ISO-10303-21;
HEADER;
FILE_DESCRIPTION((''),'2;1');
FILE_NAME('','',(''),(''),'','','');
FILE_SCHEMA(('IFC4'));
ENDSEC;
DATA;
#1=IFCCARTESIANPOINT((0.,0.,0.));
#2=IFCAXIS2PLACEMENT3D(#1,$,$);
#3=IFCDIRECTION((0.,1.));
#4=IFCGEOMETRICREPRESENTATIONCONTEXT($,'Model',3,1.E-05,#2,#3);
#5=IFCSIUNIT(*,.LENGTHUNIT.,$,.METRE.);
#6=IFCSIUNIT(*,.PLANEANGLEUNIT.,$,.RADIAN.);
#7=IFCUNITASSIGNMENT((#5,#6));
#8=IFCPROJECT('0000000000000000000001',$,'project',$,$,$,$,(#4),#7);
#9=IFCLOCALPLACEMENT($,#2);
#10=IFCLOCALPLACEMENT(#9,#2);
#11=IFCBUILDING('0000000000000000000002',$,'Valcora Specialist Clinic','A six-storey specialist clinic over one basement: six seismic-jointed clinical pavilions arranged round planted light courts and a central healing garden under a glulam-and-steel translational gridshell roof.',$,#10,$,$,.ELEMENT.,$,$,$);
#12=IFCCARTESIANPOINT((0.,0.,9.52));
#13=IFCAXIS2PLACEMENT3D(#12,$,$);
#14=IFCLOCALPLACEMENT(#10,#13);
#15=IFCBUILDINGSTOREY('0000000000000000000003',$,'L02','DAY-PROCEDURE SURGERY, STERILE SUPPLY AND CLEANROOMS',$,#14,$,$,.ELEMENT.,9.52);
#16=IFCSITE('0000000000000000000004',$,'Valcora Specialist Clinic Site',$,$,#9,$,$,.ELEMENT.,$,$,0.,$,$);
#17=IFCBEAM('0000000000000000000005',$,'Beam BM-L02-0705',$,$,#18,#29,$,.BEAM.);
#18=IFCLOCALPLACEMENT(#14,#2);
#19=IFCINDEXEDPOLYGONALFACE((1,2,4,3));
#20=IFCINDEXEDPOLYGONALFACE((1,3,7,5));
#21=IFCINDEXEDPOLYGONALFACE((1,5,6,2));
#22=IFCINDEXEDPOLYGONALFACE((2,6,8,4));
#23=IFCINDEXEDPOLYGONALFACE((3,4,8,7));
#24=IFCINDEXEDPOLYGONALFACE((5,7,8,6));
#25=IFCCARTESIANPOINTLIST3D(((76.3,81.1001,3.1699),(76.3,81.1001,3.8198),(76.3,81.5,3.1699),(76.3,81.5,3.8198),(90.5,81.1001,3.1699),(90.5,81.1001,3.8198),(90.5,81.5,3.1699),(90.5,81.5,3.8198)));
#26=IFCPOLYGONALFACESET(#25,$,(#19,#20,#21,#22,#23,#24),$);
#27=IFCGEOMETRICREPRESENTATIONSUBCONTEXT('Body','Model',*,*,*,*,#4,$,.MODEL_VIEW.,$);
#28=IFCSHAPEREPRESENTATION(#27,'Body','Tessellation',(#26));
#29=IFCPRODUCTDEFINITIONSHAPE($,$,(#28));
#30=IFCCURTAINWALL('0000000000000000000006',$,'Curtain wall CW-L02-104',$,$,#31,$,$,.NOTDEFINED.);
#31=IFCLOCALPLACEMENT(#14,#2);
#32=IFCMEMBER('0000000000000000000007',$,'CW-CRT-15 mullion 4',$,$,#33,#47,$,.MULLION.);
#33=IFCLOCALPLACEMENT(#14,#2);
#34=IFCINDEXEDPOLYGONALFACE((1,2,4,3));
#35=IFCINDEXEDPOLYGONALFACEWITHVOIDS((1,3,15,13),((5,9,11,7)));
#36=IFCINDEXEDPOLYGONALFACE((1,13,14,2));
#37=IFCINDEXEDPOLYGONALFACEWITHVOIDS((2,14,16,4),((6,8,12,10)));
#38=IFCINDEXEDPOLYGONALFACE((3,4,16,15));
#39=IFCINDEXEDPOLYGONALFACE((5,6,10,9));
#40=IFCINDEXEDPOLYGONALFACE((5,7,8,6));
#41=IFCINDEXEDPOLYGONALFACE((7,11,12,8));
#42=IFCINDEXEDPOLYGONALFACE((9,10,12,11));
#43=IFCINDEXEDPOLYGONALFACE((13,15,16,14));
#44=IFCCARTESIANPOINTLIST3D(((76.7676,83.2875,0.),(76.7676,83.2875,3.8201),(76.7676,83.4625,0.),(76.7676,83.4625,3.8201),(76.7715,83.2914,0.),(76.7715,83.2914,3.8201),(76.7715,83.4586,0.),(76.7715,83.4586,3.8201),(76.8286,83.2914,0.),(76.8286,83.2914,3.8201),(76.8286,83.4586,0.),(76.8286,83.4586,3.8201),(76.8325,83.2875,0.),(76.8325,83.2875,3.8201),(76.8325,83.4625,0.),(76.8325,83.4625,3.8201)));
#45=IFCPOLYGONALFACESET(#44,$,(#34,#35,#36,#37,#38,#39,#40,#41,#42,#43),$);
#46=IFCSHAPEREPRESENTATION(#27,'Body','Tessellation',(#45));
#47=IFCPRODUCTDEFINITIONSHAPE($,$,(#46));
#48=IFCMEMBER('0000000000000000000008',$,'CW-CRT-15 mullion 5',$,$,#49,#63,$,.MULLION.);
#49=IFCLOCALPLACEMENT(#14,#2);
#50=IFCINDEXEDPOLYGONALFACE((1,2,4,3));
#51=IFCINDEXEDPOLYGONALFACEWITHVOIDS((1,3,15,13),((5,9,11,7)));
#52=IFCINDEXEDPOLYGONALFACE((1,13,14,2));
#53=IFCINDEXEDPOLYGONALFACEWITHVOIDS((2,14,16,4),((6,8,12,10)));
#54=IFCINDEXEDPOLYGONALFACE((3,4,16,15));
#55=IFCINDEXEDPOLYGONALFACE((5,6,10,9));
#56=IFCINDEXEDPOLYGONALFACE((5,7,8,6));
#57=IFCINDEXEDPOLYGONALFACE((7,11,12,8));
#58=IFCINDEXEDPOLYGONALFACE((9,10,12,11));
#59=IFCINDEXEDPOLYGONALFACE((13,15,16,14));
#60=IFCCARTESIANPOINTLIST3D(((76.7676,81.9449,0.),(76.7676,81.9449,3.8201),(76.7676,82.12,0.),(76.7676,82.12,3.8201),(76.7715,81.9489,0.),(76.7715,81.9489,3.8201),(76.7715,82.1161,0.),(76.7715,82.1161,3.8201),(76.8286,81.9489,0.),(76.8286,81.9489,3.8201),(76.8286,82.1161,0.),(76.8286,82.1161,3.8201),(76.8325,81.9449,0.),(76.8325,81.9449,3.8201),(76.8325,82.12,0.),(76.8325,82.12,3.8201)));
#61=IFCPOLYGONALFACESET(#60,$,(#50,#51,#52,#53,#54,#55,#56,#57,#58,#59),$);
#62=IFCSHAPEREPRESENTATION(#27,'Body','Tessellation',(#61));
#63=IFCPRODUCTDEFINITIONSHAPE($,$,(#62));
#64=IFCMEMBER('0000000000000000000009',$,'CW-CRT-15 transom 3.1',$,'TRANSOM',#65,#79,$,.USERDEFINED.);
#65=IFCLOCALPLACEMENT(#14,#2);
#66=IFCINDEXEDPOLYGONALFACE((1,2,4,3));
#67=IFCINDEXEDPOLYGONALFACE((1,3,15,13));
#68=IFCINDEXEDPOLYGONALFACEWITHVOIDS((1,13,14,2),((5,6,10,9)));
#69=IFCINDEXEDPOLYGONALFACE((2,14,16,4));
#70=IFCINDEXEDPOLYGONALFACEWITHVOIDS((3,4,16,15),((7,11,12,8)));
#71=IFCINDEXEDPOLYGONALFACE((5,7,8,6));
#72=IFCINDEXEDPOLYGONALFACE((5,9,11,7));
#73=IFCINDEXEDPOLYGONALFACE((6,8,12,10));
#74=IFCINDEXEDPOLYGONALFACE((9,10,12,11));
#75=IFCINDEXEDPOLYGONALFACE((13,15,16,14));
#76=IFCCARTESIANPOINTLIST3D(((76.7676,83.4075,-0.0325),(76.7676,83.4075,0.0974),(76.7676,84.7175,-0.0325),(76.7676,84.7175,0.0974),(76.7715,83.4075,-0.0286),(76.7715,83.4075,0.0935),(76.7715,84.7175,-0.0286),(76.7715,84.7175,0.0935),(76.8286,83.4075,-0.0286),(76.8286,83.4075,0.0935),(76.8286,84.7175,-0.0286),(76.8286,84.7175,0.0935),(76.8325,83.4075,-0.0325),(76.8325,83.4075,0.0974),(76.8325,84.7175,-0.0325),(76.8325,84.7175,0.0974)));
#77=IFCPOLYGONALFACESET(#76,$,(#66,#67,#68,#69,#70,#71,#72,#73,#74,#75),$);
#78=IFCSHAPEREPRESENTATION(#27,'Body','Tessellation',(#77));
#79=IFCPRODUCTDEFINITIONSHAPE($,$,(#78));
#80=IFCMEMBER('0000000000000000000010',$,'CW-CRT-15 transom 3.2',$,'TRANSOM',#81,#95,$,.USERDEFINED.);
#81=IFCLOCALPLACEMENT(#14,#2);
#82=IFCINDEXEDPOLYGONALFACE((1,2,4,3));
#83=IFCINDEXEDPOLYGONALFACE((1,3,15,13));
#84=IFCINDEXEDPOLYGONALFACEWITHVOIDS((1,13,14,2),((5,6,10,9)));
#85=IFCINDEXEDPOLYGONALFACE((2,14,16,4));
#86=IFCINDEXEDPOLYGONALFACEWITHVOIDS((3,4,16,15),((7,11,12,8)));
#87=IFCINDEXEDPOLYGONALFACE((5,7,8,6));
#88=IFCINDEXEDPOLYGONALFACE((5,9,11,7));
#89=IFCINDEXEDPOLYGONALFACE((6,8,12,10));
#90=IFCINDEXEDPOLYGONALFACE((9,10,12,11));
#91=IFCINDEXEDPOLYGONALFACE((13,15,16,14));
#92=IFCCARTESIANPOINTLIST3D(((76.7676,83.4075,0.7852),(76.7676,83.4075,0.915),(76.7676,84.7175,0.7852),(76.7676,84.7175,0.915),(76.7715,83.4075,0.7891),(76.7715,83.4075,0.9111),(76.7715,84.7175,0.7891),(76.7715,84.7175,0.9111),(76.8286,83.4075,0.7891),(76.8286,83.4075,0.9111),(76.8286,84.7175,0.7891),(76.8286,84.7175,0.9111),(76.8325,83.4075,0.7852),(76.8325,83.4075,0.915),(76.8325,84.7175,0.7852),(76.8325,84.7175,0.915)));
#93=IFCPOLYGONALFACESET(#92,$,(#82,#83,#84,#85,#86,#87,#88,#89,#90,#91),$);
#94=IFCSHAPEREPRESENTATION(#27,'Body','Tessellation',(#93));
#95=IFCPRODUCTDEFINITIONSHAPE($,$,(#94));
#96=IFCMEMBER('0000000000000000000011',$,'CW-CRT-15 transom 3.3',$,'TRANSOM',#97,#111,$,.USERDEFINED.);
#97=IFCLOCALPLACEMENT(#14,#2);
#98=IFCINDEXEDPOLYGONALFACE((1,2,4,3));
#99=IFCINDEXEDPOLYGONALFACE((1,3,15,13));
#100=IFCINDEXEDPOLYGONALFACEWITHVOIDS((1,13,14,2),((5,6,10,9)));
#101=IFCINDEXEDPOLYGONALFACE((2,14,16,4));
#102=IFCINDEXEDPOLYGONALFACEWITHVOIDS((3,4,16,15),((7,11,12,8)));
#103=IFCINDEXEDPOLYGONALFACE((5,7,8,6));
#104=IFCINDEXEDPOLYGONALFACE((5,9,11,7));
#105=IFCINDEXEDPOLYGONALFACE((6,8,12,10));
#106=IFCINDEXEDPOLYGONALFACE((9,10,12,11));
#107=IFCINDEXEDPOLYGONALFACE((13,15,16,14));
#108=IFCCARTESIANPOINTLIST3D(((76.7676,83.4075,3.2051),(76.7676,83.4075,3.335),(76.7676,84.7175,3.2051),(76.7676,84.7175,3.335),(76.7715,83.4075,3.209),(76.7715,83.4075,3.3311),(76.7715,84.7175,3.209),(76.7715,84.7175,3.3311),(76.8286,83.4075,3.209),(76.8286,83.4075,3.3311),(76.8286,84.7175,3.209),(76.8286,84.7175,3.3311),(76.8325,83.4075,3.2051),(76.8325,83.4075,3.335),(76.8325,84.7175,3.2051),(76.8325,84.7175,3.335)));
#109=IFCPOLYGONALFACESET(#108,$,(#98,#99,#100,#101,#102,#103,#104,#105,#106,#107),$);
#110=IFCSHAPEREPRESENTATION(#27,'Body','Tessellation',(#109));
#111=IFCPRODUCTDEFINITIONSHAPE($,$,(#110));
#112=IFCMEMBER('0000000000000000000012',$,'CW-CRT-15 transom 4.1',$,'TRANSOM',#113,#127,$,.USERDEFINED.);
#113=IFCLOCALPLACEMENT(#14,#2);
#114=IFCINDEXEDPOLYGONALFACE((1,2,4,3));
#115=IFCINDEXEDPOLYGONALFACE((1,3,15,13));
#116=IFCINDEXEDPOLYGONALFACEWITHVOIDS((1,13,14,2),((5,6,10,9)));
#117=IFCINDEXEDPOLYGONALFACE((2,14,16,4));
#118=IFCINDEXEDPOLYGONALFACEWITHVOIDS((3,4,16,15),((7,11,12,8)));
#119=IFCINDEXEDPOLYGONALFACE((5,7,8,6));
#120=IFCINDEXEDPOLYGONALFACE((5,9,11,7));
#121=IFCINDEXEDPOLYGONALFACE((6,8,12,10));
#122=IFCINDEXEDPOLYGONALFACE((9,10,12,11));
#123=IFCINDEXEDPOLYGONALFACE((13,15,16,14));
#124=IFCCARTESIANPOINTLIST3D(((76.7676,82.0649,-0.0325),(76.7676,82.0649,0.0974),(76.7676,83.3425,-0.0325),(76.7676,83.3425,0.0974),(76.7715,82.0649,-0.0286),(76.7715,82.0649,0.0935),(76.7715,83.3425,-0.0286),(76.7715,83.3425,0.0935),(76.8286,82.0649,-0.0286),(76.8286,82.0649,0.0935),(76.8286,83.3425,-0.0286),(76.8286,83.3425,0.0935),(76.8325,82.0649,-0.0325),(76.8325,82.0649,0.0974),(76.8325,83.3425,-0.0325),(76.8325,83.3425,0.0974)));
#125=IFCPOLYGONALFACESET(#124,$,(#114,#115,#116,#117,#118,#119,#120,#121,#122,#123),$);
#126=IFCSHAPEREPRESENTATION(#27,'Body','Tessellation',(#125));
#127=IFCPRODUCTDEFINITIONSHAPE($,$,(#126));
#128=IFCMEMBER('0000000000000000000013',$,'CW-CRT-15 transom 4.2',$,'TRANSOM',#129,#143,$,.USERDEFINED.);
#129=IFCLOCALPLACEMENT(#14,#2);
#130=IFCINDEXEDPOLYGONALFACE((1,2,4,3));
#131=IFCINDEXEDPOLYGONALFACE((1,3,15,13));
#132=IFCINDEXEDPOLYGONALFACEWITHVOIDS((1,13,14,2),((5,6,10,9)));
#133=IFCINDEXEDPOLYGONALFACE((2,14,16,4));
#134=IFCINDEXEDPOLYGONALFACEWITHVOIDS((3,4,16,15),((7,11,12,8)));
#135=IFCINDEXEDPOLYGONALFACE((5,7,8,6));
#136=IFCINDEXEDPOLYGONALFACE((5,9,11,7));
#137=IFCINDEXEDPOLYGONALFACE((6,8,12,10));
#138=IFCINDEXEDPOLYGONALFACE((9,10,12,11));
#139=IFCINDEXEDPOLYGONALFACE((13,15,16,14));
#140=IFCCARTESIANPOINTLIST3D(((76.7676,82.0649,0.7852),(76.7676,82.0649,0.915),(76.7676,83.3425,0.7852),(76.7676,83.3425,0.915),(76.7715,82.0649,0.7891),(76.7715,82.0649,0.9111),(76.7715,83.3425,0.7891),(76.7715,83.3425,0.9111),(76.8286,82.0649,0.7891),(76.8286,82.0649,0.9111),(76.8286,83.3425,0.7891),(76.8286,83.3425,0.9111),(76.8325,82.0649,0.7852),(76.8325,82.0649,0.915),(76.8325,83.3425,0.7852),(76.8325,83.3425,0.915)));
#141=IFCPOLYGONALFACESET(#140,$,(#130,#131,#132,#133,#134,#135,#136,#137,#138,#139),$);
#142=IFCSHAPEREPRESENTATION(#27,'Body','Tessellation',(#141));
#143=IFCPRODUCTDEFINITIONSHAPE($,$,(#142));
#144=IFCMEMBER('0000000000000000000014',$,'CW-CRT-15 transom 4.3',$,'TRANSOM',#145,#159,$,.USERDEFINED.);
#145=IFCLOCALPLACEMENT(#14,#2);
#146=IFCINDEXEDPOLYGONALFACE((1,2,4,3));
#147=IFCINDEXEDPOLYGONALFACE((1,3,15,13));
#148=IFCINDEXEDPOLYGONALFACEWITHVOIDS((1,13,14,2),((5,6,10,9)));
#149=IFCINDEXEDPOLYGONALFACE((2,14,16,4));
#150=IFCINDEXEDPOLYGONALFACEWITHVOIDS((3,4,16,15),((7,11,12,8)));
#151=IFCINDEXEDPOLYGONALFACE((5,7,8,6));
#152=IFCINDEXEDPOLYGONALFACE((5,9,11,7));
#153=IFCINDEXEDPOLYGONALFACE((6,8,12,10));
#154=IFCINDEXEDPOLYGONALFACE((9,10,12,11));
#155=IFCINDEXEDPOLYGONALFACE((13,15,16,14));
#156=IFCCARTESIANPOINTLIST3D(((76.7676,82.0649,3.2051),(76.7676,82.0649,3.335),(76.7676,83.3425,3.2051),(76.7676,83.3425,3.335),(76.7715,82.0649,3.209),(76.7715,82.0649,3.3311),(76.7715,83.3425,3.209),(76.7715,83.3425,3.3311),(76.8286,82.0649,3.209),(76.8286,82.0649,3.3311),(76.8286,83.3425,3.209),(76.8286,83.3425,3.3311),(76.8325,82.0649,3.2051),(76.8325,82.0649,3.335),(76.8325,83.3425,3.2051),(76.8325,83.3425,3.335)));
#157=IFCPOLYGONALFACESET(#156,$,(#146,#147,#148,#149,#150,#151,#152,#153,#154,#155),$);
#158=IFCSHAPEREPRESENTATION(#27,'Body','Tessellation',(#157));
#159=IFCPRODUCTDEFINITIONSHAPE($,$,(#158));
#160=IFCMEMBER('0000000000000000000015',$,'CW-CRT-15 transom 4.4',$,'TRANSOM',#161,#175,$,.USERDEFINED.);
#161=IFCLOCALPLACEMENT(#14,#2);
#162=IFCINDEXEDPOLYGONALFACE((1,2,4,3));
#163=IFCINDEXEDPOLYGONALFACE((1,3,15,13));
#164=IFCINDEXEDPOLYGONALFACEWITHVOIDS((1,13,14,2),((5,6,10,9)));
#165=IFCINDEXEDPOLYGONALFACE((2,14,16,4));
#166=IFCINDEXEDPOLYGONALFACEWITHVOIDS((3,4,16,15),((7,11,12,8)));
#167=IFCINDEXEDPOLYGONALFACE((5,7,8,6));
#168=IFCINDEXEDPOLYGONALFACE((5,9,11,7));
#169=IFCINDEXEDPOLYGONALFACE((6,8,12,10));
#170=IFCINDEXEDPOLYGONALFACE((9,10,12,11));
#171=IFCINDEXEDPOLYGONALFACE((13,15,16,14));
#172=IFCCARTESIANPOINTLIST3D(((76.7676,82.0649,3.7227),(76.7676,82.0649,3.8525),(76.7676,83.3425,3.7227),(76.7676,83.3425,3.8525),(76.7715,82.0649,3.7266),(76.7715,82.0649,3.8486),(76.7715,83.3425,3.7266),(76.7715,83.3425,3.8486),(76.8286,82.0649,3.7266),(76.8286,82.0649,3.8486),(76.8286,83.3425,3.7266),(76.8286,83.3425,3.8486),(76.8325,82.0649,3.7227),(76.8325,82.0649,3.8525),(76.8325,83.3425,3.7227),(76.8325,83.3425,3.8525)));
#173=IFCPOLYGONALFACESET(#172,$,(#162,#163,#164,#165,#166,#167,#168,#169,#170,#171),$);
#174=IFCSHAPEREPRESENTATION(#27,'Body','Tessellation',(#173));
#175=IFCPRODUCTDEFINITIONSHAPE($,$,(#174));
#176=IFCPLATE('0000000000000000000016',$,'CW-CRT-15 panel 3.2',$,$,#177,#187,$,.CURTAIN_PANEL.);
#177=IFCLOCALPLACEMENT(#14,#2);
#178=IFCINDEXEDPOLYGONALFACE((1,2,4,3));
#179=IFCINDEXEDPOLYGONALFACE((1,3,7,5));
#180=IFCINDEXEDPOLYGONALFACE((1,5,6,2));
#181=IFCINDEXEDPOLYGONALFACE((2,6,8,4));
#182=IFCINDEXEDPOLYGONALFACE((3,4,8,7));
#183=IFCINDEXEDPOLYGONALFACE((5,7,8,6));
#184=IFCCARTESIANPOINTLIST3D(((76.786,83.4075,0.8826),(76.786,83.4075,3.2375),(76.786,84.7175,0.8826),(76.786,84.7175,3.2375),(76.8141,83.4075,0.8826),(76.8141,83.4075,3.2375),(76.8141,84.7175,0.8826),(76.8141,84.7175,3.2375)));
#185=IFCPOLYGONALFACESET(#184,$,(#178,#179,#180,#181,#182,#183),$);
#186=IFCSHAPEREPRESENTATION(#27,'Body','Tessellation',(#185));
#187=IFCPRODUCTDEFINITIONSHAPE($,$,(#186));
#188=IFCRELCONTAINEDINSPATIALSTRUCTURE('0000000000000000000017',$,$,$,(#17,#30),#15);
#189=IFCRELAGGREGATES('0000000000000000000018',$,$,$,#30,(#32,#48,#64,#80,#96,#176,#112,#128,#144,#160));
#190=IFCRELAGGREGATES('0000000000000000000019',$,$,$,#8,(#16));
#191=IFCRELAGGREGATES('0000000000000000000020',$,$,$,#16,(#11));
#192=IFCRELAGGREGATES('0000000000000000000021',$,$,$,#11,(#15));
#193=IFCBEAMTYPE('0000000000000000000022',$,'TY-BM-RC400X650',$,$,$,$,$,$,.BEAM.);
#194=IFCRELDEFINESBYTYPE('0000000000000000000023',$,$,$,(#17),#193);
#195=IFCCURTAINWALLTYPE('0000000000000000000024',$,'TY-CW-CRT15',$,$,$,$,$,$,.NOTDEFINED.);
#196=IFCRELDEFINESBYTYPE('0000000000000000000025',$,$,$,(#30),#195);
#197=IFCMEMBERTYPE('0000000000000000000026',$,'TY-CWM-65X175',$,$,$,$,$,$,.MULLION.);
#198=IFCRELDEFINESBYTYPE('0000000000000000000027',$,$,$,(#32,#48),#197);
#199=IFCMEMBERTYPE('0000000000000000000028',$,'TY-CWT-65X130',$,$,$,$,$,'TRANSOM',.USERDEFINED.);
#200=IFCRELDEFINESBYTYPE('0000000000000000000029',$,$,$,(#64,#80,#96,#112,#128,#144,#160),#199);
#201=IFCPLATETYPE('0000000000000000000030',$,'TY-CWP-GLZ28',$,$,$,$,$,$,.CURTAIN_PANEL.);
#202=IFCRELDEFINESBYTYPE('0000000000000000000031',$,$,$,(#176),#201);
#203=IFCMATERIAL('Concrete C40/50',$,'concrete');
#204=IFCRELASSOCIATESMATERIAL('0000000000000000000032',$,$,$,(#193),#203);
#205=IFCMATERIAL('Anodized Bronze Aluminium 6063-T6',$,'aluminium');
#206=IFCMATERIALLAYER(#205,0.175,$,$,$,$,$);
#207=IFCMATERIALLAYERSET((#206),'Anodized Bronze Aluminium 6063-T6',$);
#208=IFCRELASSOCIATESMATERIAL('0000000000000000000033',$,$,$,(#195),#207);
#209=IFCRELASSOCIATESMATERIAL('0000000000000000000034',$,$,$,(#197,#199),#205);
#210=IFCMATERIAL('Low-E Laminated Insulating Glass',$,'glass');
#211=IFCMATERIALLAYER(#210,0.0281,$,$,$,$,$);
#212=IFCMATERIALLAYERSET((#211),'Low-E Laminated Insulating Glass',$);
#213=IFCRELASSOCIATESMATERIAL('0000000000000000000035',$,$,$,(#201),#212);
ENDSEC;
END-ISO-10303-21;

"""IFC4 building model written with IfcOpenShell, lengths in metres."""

from ifc_helpers import new_model, si_unit, direction, frame, origin, origin_2d, place, context, subcontext, project, spatial, rectangle, hollow_rectangle, extrude, material, layer, layer_set, material_profile, profile_set, type_object, element, aggregate, save


model = new_model("IFC4")

# Units and contexts
model_context = context("Model", 3, precision=1e-05, world=origin(), true_north=direction((0.0, 1.0)))
body_context = subcontext(model_context, "Body", "Model", "MODEL_VIEW")
ifc_project = project(units=[si_unit("LENGTHUNIT", "METRE"), si_unit("PLANEANGLEUNIT", "RADIAN")], contexts=[model_context])

# Site, building, storey
site_placement = place(None, origin())
site = spatial("IfcSite", under=ifc_project, at=site_placement, Name="Valcora Specialist Clinic Site", CompositionType="ELEMENT", RefElevation=0.0)
building_placement = place(site_placement, origin())
building = spatial("IfcBuilding", under=site, at=building_placement, Name="Valcora Specialist Clinic", Description="A six-storey specialist clinic over one basement: six seismic-jointed clinical pavilions arranged round planted light courts and a central healing garden under a glulam-and-steel translational gridshell roof.", CompositionType="ELEMENT")
storey_placement = place(building_placement, frame((0.0, 0.0, 9.52)))
storey = spatial("IfcBuildingStorey", under=building, at=storey_placement, Name="L02", Description="DAY-PROCEDURE SURGERY, STERILE SUPPLY AND CLEANROOMS", CompositionType="ELEMENT", Elevation=9.52)

# Beam
ifc_material_1 = material(Name="Concrete C40/50", Category="concrete")
ifc_material_profile_1 = material_profile(ifc_material_1, rectangle(XDim=0.3999, YDim=0.6499, at=origin_2d()), Name="RC-BM-400X650")
ifc_profile_set_1 = profile_set([ifc_material_profile_1], Name="Concrete C40/50")
beam_type = type_object("IfcBeamType", Name="TY-BM-RC400X650", PredefinedType="BEAM", material=ifc_profile_set_1)
beam_placement = place(storey_placement, frame((76.3, 81.3, 3.4949), z_axis=(1.0, 0.0, 0.0), x_axis=(0.0, 1.0, 0.0)))
element("IfcBeam", 1, at=beam_placement, inside=storey, type_object=beam_type, Name="Beam BM-L02-0705", PredefinedType="BEAM", context=body_context, shape_type="SweptSolid", body=[
    extrude(rectangle(XDim=0.3999, YDim=0.6499, at=origin_2d()), origin(), (0.0, 0.0, 1.0), 14.2),
])

# Curtain wall, members, plate
ifc_material_2 = material(Name="Anodized Bronze Aluminium 6063-T6", Category="aluminium")
ifc_layer_1 = layer(ifc_material_2, 0.175)
ifc_layer_set_1 = layer_set([ifc_layer_1], Name="Anodized Bronze Aluminium 6063-T6")
curtain_wall_type = type_object("IfcCurtainWallType", Name="TY-CW-CRT15", PredefinedType="NOTDEFINED", material=ifc_layer_set_1)
curtain_wall_placement = place(storey_placement, origin())
curtain_wall = element("IfcCurtainWall", 2, at=curtain_wall_placement, inside=storey, type_object=curtain_wall_type, Name="Curtain wall CW-L02-104", PredefinedType="NOTDEFINED")
ifc_material_profile_2 = material_profile(ifc_material_2, hollow_rectangle(XDim=0.0649, YDim=0.175, WallThickness=0.0039, at=origin_2d()), Name="AL-MUL-65X175")
ifc_profile_set_2 = profile_set([ifc_material_profile_2], Name="Anodized Bronze Aluminium 6063-T6")
member_type_1 = type_object("IfcMemberType", Name="TY-CWM-65X175", PredefinedType="MULLION", material=ifc_profile_set_2)
member_1_placement = place(storey_placement, frame((76.8, 83.375, 0.0), z_axis=(0.0, 0.0, 1.0), x_axis=(1.0, 0.0, 0.0)))
member_1 = element("IfcMember", 3, at=member_1_placement, type_object=member_type_1, Name="CW-CRT-15 mullion 4", PredefinedType="MULLION", context=body_context, shape_type="SweptSolid", body=[
    extrude(hollow_rectangle(XDim=0.0649, YDim=0.175, WallThickness=0.0039, at=origin_2d()), origin(), (0.0, 0.0, 1.0), 3.8201),
])
member_2_placement = place(storey_placement, frame((76.8, 82.0325, 0.0), z_axis=(0.0, 0.0, 1.0), x_axis=(1.0, 0.0, 0.0)))
member_2 = element("IfcMember", 4, at=member_2_placement, type_object=member_type_1, Name="CW-CRT-15 mullion 5", PredefinedType="MULLION", context=body_context, shape_type="SweptSolid", body=[
    extrude(hollow_rectangle(XDim=0.0649, YDim=0.175, WallThickness=0.0039, at=origin_2d()), origin(), (0.0, 0.0, 1.0), 3.8201),
])
ifc_material_profile_3 = material_profile(ifc_material_2, hollow_rectangle(XDim=0.0649, YDim=0.1299, WallThickness=0.0039, at=origin_2d()), Name="AL-TRN-65X130")
ifc_profile_set_3 = profile_set([ifc_material_profile_3], Name="Anodized Bronze Aluminium 6063-T6")
member_type_2 = type_object("IfcMemberType", Name="TY-CWT-65X130", ElementType="TRANSOM", PredefinedType="USERDEFINED", material=ifc_profile_set_3)
member_3_placement = place(storey_placement, frame((76.8, 84.7175, 0.0325), z_axis=(0.0, -1.0, 0.0), x_axis=(1.0, 0.0, 0.0)))
member_3 = element("IfcMember", 5, at=member_3_placement, type_object=member_type_2, Name="CW-CRT-15 transom 3.1", ObjectType="TRANSOM", PredefinedType="USERDEFINED", context=body_context, shape_type="SweptSolid", body=[
    extrude(hollow_rectangle(XDim=0.0649, YDim=0.1299, WallThickness=0.0039, at=origin_2d()), origin(), (0.0, 0.0, 1.0), 1.3101),
])
member_4_placement = place(storey_placement, frame((76.8, 84.7175, 0.8501), z_axis=(0.0, -1.0, 0.0), x_axis=(1.0, 0.0, 0.0)))
member_4 = element("IfcMember", 6, at=member_4_placement, type_object=member_type_2, Name="CW-CRT-15 transom 3.2", ObjectType="TRANSOM", PredefinedType="USERDEFINED", context=body_context, shape_type="SweptSolid", body=[
    extrude(hollow_rectangle(XDim=0.0649, YDim=0.1299, WallThickness=0.0039, at=origin_2d()), origin(), (0.0, 0.0, 1.0), 1.3101),
])
member_5_placement = place(storey_placement, frame((76.8, 84.7175, 3.27), z_axis=(0.0, -1.0, 0.0), x_axis=(1.0, 0.0, 0.0)))
member_5 = element("IfcMember", 7, at=member_5_placement, type_object=member_type_2, Name="CW-CRT-15 transom 3.3", ObjectType="TRANSOM", PredefinedType="USERDEFINED", context=body_context, shape_type="SweptSolid", body=[
    extrude(hollow_rectangle(XDim=0.0649, YDim=0.1299, WallThickness=0.0039, at=origin_2d()), origin(), (0.0, 0.0, 1.0), 1.3101),
])
member_6_placement = place(storey_placement, frame((76.8, 83.3425, 0.0325), z_axis=(0.0, -1.0, 0.0), x_axis=(1.0, 0.0, 0.0)))
member_6 = element("IfcMember", 8, at=member_6_placement, type_object=member_type_2, Name="CW-CRT-15 transom 4.1", ObjectType="TRANSOM", PredefinedType="USERDEFINED", context=body_context, shape_type="SweptSolid", body=[
    extrude(hollow_rectangle(XDim=0.0649, YDim=0.1299, WallThickness=0.0039, at=origin_2d()), origin(), (0.0, 0.0, 1.0), 1.2776),
])
member_7_placement = place(storey_placement, frame((76.8, 83.3425, 0.8501), z_axis=(0.0, -1.0, 0.0), x_axis=(1.0, 0.0, 0.0)))
member_7 = element("IfcMember", 9, at=member_7_placement, type_object=member_type_2, Name="CW-CRT-15 transom 4.2", ObjectType="TRANSOM", PredefinedType="USERDEFINED", context=body_context, shape_type="SweptSolid", body=[
    extrude(hollow_rectangle(XDim=0.0649, YDim=0.1299, WallThickness=0.0039, at=origin_2d()), origin(), (0.0, 0.0, 1.0), 1.2776),
])
member_8_placement = place(storey_placement, frame((76.8, 83.3425, 3.27), z_axis=(0.0, -1.0, 0.0), x_axis=(1.0, 0.0, 0.0)))
member_8 = element("IfcMember", 10, at=member_8_placement, type_object=member_type_2, Name="CW-CRT-15 transom 4.3", ObjectType="TRANSOM", PredefinedType="USERDEFINED", context=body_context, shape_type="SweptSolid", body=[
    extrude(hollow_rectangle(XDim=0.0649, YDim=0.1299, WallThickness=0.0039, at=origin_2d()), origin(), (0.0, 0.0, 1.0), 1.2776),
])
member_9_placement = place(storey_placement, frame((76.8, 83.3425, 3.7876), z_axis=(0.0, -1.0, 0.0), x_axis=(1.0, 0.0, 0.0)))
member_9 = element("IfcMember", 11, at=member_9_placement, type_object=member_type_2, Name="CW-CRT-15 transom 4.4", ObjectType="TRANSOM", PredefinedType="USERDEFINED", context=body_context, shape_type="SweptSolid", body=[
    extrude(hollow_rectangle(XDim=0.0649, YDim=0.1299, WallThickness=0.0039, at=origin_2d()), origin(), (0.0, 0.0, 1.0), 1.2776),
])
ifc_material_3 = material(Name="Low-E Laminated Insulating Glass", Category="glass")
ifc_layer_2 = layer(ifc_material_3, 0.0281)
ifc_layer_set_2 = layer_set([ifc_layer_2], Name="Low-E Laminated Insulating Glass")
plate_type_1 = type_object("IfcPlateType", Name="TY-CWP-GLZ28", PredefinedType="CURTAIN_PANEL", material=ifc_layer_set_2)
plate_1_placement = place(storey_placement, frame((76.8, 84.0625, 0.8826), z_axis=(0.0, 0.0, 1.0), x_axis=(0.0, -1.0, 0.0)))
plate_1 = element("IfcPlate", 12, at=plate_1_placement, type_object=plate_type_1, Name="CW-CRT-15 panel 3.2", PredefinedType="CURTAIN_PANEL", context=body_context, shape_type="SweptSolid", body=[
    extrude(rectangle(XDim=1.3101, YDim=0.0281, at=origin_2d()), origin(), (0.0, 0.0, 1.0), 2.355),
])
aggregate(curtain_wall, [member_1, member_2, member_3, member_4, member_5, plate_1, member_6, member_7, member_8, member_9])

save(model, "model.ifc")
